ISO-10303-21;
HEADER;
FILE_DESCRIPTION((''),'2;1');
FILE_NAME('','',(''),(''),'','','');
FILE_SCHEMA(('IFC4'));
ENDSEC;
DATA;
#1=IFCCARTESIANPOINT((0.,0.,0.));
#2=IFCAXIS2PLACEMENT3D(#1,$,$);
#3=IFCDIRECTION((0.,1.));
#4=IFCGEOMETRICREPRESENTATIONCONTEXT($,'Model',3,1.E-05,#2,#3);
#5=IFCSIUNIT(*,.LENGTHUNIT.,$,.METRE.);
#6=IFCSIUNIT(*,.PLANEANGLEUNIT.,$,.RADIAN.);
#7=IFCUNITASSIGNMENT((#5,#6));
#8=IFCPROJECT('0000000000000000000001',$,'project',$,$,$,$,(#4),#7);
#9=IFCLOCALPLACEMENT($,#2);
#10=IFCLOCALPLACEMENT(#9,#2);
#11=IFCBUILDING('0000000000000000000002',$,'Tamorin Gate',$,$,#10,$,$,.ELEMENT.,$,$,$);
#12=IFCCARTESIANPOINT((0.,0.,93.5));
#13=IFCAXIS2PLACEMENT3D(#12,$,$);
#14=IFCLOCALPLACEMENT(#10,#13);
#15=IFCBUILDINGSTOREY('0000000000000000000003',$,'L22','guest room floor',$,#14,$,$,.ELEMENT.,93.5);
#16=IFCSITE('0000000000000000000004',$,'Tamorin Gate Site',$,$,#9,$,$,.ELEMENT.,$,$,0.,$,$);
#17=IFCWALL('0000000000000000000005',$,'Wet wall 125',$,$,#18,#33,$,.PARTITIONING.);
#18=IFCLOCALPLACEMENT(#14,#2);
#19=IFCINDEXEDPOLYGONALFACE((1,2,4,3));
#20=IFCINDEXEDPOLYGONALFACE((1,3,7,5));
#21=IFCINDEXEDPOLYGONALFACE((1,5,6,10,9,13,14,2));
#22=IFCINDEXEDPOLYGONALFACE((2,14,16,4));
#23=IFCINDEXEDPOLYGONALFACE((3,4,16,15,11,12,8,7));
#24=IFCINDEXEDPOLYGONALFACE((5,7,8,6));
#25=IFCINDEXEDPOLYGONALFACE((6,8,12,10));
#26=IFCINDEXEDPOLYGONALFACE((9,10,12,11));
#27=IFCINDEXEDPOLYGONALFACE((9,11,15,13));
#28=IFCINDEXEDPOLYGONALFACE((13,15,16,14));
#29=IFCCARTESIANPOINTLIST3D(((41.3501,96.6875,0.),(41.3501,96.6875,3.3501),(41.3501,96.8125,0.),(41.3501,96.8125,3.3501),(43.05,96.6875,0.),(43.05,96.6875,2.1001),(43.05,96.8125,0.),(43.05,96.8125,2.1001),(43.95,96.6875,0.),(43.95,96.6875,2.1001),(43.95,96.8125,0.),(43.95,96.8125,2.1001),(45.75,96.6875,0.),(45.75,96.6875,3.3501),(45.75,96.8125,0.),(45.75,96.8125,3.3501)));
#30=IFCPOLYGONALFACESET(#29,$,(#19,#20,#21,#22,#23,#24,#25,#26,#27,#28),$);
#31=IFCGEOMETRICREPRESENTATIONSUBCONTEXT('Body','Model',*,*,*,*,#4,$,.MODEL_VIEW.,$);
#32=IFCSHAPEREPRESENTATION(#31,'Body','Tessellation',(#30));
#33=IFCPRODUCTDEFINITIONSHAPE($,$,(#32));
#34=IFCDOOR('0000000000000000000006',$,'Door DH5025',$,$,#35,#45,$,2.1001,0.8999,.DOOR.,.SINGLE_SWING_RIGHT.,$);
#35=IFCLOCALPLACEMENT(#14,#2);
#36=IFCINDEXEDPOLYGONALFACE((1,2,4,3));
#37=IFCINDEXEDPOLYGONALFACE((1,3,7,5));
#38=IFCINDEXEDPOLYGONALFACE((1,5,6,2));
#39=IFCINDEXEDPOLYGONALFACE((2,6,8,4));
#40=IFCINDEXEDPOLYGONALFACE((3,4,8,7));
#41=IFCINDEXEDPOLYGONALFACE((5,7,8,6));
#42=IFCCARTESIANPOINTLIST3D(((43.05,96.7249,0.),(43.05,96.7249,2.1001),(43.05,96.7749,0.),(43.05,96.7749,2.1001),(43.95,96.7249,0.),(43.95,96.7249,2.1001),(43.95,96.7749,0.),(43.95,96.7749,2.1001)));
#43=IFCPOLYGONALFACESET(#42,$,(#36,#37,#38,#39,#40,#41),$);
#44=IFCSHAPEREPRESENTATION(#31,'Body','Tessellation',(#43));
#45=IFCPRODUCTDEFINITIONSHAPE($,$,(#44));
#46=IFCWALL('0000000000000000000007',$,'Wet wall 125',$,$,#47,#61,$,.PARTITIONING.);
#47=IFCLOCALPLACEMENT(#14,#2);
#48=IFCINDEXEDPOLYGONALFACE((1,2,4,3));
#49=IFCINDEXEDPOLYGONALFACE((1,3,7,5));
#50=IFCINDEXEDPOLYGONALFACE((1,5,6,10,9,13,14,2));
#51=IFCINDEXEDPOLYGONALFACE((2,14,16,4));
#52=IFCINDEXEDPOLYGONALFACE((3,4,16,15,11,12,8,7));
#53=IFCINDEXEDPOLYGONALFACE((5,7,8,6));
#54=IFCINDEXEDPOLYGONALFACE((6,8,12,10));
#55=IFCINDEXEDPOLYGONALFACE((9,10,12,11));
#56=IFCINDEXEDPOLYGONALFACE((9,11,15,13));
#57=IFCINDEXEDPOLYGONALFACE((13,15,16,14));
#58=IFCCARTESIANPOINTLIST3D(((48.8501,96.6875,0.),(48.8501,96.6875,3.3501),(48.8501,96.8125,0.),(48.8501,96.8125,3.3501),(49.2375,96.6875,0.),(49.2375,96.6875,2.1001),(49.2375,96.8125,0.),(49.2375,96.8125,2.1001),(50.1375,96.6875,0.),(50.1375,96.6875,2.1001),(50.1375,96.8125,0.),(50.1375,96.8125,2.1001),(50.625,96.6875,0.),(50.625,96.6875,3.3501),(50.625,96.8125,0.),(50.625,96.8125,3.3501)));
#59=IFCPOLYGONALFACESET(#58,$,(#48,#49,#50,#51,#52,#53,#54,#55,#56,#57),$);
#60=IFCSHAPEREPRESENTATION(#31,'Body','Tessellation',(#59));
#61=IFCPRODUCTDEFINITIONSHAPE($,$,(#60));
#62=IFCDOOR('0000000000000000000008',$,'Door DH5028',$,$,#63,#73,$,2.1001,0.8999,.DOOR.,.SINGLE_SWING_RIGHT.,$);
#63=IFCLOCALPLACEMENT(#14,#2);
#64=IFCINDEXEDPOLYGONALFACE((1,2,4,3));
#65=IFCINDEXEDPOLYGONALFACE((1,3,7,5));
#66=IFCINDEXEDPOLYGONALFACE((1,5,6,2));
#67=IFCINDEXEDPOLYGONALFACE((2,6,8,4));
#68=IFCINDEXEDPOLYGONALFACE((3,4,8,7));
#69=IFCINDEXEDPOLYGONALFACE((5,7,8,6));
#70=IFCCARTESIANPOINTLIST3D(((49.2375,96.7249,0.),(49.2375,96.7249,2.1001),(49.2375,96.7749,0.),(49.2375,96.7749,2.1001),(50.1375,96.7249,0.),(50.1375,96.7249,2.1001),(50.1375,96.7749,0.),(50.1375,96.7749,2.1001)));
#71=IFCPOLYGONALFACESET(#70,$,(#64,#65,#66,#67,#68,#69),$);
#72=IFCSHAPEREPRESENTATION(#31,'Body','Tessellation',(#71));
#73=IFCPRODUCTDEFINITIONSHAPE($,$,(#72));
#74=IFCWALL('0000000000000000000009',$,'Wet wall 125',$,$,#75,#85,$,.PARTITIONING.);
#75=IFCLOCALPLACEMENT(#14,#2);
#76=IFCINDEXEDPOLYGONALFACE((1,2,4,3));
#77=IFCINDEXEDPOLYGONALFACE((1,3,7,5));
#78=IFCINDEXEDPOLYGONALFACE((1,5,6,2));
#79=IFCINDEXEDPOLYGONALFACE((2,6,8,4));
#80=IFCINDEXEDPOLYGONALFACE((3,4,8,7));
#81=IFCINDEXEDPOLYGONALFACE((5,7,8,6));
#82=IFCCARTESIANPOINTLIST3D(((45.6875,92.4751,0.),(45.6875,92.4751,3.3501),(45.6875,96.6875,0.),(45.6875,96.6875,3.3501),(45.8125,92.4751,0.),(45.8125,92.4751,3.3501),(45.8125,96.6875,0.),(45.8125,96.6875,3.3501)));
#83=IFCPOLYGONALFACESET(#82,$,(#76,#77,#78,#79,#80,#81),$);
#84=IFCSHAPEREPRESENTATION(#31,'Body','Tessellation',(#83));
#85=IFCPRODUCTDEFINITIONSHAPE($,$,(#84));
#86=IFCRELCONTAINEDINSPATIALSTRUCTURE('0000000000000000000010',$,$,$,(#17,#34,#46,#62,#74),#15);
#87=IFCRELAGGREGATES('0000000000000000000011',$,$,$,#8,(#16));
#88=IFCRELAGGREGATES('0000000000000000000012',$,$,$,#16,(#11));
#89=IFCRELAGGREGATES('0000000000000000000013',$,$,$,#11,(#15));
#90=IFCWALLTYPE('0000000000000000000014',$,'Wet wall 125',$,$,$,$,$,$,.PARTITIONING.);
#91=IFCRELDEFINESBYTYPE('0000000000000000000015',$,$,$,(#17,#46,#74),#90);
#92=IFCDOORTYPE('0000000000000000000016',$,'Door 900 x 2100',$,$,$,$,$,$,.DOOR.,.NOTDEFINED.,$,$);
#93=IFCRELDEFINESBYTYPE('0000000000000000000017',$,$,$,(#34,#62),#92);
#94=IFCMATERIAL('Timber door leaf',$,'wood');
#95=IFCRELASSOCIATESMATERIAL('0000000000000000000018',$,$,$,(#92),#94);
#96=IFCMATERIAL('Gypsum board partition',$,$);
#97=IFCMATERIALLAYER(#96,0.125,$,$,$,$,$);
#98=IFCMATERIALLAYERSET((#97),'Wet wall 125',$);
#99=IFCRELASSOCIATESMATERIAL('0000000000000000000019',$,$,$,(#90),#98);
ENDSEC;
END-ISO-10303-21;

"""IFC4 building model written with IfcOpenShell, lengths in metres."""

from ifc_helpers import new_model, si_unit, direction, frame, frame_2d, origin, place, context, subcontext, project, spatial, rectangle, extrude, material, layer, layer_set, type_object, element, fill, save


model = new_model("IFC4")

# Units and contexts
model_context = context("Model", 3, precision=1e-05, world=origin(), true_north=direction((0.0, 1.0)))
body_context = subcontext(model_context, "Body", "Model", "MODEL_VIEW")
ifc_project = project(units=[si_unit("LENGTHUNIT", "METRE"), si_unit("PLANEANGLEUNIT", "RADIAN")], contexts=[model_context])

# Site, building, storey
site_placement = place(None, origin())
site = spatial("IfcSite", under=ifc_project, at=site_placement, Name="Tamorin Gate Site", CompositionType="ELEMENT", RefElevation=0.0)
building_placement = place(site_placement, origin())
building = spatial("IfcBuilding", under=site, at=building_placement, Name="Tamorin Gate", CompositionType="ELEMENT")
storey_placement = place(building_placement, frame((0.0, 0.0, 93.5)))
storey = spatial("IfcBuildingStorey", under=building, at=storey_placement, Name="L22", Description="guest room floor", CompositionType="ELEMENT", Elevation=93.5)

# Shared definitions
ifc_material_1 = material(Name="Gypsum board partition")

# Walls, openings, doors
ifc_material_2 = material(Name="Timber door leaf", Category="wood")
door_type = type_object("IfcDoorType", Name="Door 900 x 2100", OperationType="NOTDEFINED", PredefinedType="DOOR", material=ifc_material_2)
ifc_layer_1 = layer(ifc_material_1, 0.125)
ifc_layer_set_1 = layer_set([ifc_layer_1], Name="Wet wall 125")
wall_type_1 = type_object("IfcWallType", Name="Wet wall 125", PredefinedType="PARTITIONING", material=ifc_layer_set_1)
wall_1_placement = place(storey_placement, frame((41.3501, 96.75, 0.0), z_axis=(0.0, 0.0, 1.0), x_axis=(1.0, 0.0, 0.0)))
wall_1 = element("IfcWall", 1, at=wall_1_placement, inside=storey, type_object=wall_type_1, Name="Wet wall 125", PredefinedType="PARTITIONING", context=body_context, shape_type="SweptSolid", body=[
    extrude(rectangle(XDim=4.3999, YDim=0.125, at=frame_2d((2.2, 0.0))), origin(), (0.0, 0.0, 1.0), 3.3501),
])
opening_1_placement = place(wall_1_placement, frame((1.7, 0.0, 0.0)))
opening_1 = element("IfcOpeningElement", 2, at=opening_1_placement, cuts=wall_1, PredefinedType="OPENING", context=body_context, shape_type="SweptSolid", body=[
    extrude(rectangle(XDim=0.8999, YDim=2.1001, at=frame_2d((0.45, 1.05))), frame((0.0, 0.0725, 0.0), z_axis=(0.0, -1.0, 0.0), x_axis=(1.0, 0.0, 0.0)), (0.0, 0.0, 1.0), 0.145),
])
door_1_placement = place(opening_1_placement, origin())
door_1 = element("IfcDoor", 3, at=door_1_placement, inside=storey, type_object=door_type, Name="Door DH5025", OperationType="SINGLE_SWING_RIGHT", OverallHeight=2.1001, OverallWidth=0.8999, PredefinedType="DOOR", context=body_context, shape_type="SweptSolid", body=[
    extrude(rectangle(XDim=0.8999, YDim=2.1001, at=frame_2d((0.45, 1.05))), frame((0.0, 0.0249, 0.0), z_axis=(0.0, -1.0, 0.0), x_axis=(1.0, 0.0, 0.0)), (0.0, 0.0, 1.0), 0.05),
])
fill(opening_1, door_1)
wall_2_placement = place(storey_placement, frame((48.8501, 96.75, 0.0), z_axis=(0.0, 0.0, 1.0), x_axis=(1.0, 0.0, 0.0)))
wall_2 = element("IfcWall", 4, at=wall_2_placement, inside=storey, type_object=wall_type_1, Name="Wet wall 125", PredefinedType="PARTITIONING", context=body_context, shape_type="SweptSolid", body=[
    extrude(rectangle(XDim=1.7749, YDim=0.125, at=frame_2d((0.8875, 0.0))), origin(), (0.0, 0.0, 1.0), 3.3501),
])
opening_2_placement = place(wall_2_placement, frame((0.3875, 0.0, 0.0)))
opening_2 = element("IfcOpeningElement", 5, at=opening_2_placement, cuts=wall_2, PredefinedType="OPENING", context=body_context, shape_type="SweptSolid", body=[
    extrude(rectangle(XDim=0.8999, YDim=2.1001, at=frame_2d((0.45, 1.05))), frame((0.0, 0.0725, 0.0), z_axis=(0.0, -1.0, 0.0), x_axis=(1.0, 0.0, 0.0)), (0.0, 0.0, 1.0), 0.145),
])
door_2_placement = place(opening_2_placement, origin())
door_2 = element("IfcDoor", 6, at=door_2_placement, inside=storey, type_object=door_type, Name="Door DH5028", OperationType="SINGLE_SWING_RIGHT", OverallHeight=2.1001, OverallWidth=0.8999, PredefinedType="DOOR", context=body_context, shape_type="SweptSolid", body=[
    extrude(rectangle(XDim=0.8999, YDim=2.1001, at=frame_2d((0.45, 1.05))), frame((0.0, 0.0249, 0.0), z_axis=(0.0, -1.0, 0.0), x_axis=(1.0, 0.0, 0.0)), (0.0, 0.0, 1.0), 0.05),
])
fill(opening_2, door_2)

# Wall
wall_3_placement = place(storey_placement, frame((45.75, 92.4751, 0.0), z_axis=(0.0, 0.0, 1.0), x_axis=(0.0, 1.0, 0.0)))
element("IfcWall", 7, at=wall_3_placement, inside=storey, type_object=wall_type_1, Name="Wet wall 125", PredefinedType="PARTITIONING", context=body_context, shape_type="SweptSolid", body=[
    extrude(rectangle(XDim=4.2124, YDim=0.125, at=frame_2d((2.1062, 0.0))), origin(), (0.0, 0.0, 1.0), 3.3501),
])

save(model, "model.ifc")
